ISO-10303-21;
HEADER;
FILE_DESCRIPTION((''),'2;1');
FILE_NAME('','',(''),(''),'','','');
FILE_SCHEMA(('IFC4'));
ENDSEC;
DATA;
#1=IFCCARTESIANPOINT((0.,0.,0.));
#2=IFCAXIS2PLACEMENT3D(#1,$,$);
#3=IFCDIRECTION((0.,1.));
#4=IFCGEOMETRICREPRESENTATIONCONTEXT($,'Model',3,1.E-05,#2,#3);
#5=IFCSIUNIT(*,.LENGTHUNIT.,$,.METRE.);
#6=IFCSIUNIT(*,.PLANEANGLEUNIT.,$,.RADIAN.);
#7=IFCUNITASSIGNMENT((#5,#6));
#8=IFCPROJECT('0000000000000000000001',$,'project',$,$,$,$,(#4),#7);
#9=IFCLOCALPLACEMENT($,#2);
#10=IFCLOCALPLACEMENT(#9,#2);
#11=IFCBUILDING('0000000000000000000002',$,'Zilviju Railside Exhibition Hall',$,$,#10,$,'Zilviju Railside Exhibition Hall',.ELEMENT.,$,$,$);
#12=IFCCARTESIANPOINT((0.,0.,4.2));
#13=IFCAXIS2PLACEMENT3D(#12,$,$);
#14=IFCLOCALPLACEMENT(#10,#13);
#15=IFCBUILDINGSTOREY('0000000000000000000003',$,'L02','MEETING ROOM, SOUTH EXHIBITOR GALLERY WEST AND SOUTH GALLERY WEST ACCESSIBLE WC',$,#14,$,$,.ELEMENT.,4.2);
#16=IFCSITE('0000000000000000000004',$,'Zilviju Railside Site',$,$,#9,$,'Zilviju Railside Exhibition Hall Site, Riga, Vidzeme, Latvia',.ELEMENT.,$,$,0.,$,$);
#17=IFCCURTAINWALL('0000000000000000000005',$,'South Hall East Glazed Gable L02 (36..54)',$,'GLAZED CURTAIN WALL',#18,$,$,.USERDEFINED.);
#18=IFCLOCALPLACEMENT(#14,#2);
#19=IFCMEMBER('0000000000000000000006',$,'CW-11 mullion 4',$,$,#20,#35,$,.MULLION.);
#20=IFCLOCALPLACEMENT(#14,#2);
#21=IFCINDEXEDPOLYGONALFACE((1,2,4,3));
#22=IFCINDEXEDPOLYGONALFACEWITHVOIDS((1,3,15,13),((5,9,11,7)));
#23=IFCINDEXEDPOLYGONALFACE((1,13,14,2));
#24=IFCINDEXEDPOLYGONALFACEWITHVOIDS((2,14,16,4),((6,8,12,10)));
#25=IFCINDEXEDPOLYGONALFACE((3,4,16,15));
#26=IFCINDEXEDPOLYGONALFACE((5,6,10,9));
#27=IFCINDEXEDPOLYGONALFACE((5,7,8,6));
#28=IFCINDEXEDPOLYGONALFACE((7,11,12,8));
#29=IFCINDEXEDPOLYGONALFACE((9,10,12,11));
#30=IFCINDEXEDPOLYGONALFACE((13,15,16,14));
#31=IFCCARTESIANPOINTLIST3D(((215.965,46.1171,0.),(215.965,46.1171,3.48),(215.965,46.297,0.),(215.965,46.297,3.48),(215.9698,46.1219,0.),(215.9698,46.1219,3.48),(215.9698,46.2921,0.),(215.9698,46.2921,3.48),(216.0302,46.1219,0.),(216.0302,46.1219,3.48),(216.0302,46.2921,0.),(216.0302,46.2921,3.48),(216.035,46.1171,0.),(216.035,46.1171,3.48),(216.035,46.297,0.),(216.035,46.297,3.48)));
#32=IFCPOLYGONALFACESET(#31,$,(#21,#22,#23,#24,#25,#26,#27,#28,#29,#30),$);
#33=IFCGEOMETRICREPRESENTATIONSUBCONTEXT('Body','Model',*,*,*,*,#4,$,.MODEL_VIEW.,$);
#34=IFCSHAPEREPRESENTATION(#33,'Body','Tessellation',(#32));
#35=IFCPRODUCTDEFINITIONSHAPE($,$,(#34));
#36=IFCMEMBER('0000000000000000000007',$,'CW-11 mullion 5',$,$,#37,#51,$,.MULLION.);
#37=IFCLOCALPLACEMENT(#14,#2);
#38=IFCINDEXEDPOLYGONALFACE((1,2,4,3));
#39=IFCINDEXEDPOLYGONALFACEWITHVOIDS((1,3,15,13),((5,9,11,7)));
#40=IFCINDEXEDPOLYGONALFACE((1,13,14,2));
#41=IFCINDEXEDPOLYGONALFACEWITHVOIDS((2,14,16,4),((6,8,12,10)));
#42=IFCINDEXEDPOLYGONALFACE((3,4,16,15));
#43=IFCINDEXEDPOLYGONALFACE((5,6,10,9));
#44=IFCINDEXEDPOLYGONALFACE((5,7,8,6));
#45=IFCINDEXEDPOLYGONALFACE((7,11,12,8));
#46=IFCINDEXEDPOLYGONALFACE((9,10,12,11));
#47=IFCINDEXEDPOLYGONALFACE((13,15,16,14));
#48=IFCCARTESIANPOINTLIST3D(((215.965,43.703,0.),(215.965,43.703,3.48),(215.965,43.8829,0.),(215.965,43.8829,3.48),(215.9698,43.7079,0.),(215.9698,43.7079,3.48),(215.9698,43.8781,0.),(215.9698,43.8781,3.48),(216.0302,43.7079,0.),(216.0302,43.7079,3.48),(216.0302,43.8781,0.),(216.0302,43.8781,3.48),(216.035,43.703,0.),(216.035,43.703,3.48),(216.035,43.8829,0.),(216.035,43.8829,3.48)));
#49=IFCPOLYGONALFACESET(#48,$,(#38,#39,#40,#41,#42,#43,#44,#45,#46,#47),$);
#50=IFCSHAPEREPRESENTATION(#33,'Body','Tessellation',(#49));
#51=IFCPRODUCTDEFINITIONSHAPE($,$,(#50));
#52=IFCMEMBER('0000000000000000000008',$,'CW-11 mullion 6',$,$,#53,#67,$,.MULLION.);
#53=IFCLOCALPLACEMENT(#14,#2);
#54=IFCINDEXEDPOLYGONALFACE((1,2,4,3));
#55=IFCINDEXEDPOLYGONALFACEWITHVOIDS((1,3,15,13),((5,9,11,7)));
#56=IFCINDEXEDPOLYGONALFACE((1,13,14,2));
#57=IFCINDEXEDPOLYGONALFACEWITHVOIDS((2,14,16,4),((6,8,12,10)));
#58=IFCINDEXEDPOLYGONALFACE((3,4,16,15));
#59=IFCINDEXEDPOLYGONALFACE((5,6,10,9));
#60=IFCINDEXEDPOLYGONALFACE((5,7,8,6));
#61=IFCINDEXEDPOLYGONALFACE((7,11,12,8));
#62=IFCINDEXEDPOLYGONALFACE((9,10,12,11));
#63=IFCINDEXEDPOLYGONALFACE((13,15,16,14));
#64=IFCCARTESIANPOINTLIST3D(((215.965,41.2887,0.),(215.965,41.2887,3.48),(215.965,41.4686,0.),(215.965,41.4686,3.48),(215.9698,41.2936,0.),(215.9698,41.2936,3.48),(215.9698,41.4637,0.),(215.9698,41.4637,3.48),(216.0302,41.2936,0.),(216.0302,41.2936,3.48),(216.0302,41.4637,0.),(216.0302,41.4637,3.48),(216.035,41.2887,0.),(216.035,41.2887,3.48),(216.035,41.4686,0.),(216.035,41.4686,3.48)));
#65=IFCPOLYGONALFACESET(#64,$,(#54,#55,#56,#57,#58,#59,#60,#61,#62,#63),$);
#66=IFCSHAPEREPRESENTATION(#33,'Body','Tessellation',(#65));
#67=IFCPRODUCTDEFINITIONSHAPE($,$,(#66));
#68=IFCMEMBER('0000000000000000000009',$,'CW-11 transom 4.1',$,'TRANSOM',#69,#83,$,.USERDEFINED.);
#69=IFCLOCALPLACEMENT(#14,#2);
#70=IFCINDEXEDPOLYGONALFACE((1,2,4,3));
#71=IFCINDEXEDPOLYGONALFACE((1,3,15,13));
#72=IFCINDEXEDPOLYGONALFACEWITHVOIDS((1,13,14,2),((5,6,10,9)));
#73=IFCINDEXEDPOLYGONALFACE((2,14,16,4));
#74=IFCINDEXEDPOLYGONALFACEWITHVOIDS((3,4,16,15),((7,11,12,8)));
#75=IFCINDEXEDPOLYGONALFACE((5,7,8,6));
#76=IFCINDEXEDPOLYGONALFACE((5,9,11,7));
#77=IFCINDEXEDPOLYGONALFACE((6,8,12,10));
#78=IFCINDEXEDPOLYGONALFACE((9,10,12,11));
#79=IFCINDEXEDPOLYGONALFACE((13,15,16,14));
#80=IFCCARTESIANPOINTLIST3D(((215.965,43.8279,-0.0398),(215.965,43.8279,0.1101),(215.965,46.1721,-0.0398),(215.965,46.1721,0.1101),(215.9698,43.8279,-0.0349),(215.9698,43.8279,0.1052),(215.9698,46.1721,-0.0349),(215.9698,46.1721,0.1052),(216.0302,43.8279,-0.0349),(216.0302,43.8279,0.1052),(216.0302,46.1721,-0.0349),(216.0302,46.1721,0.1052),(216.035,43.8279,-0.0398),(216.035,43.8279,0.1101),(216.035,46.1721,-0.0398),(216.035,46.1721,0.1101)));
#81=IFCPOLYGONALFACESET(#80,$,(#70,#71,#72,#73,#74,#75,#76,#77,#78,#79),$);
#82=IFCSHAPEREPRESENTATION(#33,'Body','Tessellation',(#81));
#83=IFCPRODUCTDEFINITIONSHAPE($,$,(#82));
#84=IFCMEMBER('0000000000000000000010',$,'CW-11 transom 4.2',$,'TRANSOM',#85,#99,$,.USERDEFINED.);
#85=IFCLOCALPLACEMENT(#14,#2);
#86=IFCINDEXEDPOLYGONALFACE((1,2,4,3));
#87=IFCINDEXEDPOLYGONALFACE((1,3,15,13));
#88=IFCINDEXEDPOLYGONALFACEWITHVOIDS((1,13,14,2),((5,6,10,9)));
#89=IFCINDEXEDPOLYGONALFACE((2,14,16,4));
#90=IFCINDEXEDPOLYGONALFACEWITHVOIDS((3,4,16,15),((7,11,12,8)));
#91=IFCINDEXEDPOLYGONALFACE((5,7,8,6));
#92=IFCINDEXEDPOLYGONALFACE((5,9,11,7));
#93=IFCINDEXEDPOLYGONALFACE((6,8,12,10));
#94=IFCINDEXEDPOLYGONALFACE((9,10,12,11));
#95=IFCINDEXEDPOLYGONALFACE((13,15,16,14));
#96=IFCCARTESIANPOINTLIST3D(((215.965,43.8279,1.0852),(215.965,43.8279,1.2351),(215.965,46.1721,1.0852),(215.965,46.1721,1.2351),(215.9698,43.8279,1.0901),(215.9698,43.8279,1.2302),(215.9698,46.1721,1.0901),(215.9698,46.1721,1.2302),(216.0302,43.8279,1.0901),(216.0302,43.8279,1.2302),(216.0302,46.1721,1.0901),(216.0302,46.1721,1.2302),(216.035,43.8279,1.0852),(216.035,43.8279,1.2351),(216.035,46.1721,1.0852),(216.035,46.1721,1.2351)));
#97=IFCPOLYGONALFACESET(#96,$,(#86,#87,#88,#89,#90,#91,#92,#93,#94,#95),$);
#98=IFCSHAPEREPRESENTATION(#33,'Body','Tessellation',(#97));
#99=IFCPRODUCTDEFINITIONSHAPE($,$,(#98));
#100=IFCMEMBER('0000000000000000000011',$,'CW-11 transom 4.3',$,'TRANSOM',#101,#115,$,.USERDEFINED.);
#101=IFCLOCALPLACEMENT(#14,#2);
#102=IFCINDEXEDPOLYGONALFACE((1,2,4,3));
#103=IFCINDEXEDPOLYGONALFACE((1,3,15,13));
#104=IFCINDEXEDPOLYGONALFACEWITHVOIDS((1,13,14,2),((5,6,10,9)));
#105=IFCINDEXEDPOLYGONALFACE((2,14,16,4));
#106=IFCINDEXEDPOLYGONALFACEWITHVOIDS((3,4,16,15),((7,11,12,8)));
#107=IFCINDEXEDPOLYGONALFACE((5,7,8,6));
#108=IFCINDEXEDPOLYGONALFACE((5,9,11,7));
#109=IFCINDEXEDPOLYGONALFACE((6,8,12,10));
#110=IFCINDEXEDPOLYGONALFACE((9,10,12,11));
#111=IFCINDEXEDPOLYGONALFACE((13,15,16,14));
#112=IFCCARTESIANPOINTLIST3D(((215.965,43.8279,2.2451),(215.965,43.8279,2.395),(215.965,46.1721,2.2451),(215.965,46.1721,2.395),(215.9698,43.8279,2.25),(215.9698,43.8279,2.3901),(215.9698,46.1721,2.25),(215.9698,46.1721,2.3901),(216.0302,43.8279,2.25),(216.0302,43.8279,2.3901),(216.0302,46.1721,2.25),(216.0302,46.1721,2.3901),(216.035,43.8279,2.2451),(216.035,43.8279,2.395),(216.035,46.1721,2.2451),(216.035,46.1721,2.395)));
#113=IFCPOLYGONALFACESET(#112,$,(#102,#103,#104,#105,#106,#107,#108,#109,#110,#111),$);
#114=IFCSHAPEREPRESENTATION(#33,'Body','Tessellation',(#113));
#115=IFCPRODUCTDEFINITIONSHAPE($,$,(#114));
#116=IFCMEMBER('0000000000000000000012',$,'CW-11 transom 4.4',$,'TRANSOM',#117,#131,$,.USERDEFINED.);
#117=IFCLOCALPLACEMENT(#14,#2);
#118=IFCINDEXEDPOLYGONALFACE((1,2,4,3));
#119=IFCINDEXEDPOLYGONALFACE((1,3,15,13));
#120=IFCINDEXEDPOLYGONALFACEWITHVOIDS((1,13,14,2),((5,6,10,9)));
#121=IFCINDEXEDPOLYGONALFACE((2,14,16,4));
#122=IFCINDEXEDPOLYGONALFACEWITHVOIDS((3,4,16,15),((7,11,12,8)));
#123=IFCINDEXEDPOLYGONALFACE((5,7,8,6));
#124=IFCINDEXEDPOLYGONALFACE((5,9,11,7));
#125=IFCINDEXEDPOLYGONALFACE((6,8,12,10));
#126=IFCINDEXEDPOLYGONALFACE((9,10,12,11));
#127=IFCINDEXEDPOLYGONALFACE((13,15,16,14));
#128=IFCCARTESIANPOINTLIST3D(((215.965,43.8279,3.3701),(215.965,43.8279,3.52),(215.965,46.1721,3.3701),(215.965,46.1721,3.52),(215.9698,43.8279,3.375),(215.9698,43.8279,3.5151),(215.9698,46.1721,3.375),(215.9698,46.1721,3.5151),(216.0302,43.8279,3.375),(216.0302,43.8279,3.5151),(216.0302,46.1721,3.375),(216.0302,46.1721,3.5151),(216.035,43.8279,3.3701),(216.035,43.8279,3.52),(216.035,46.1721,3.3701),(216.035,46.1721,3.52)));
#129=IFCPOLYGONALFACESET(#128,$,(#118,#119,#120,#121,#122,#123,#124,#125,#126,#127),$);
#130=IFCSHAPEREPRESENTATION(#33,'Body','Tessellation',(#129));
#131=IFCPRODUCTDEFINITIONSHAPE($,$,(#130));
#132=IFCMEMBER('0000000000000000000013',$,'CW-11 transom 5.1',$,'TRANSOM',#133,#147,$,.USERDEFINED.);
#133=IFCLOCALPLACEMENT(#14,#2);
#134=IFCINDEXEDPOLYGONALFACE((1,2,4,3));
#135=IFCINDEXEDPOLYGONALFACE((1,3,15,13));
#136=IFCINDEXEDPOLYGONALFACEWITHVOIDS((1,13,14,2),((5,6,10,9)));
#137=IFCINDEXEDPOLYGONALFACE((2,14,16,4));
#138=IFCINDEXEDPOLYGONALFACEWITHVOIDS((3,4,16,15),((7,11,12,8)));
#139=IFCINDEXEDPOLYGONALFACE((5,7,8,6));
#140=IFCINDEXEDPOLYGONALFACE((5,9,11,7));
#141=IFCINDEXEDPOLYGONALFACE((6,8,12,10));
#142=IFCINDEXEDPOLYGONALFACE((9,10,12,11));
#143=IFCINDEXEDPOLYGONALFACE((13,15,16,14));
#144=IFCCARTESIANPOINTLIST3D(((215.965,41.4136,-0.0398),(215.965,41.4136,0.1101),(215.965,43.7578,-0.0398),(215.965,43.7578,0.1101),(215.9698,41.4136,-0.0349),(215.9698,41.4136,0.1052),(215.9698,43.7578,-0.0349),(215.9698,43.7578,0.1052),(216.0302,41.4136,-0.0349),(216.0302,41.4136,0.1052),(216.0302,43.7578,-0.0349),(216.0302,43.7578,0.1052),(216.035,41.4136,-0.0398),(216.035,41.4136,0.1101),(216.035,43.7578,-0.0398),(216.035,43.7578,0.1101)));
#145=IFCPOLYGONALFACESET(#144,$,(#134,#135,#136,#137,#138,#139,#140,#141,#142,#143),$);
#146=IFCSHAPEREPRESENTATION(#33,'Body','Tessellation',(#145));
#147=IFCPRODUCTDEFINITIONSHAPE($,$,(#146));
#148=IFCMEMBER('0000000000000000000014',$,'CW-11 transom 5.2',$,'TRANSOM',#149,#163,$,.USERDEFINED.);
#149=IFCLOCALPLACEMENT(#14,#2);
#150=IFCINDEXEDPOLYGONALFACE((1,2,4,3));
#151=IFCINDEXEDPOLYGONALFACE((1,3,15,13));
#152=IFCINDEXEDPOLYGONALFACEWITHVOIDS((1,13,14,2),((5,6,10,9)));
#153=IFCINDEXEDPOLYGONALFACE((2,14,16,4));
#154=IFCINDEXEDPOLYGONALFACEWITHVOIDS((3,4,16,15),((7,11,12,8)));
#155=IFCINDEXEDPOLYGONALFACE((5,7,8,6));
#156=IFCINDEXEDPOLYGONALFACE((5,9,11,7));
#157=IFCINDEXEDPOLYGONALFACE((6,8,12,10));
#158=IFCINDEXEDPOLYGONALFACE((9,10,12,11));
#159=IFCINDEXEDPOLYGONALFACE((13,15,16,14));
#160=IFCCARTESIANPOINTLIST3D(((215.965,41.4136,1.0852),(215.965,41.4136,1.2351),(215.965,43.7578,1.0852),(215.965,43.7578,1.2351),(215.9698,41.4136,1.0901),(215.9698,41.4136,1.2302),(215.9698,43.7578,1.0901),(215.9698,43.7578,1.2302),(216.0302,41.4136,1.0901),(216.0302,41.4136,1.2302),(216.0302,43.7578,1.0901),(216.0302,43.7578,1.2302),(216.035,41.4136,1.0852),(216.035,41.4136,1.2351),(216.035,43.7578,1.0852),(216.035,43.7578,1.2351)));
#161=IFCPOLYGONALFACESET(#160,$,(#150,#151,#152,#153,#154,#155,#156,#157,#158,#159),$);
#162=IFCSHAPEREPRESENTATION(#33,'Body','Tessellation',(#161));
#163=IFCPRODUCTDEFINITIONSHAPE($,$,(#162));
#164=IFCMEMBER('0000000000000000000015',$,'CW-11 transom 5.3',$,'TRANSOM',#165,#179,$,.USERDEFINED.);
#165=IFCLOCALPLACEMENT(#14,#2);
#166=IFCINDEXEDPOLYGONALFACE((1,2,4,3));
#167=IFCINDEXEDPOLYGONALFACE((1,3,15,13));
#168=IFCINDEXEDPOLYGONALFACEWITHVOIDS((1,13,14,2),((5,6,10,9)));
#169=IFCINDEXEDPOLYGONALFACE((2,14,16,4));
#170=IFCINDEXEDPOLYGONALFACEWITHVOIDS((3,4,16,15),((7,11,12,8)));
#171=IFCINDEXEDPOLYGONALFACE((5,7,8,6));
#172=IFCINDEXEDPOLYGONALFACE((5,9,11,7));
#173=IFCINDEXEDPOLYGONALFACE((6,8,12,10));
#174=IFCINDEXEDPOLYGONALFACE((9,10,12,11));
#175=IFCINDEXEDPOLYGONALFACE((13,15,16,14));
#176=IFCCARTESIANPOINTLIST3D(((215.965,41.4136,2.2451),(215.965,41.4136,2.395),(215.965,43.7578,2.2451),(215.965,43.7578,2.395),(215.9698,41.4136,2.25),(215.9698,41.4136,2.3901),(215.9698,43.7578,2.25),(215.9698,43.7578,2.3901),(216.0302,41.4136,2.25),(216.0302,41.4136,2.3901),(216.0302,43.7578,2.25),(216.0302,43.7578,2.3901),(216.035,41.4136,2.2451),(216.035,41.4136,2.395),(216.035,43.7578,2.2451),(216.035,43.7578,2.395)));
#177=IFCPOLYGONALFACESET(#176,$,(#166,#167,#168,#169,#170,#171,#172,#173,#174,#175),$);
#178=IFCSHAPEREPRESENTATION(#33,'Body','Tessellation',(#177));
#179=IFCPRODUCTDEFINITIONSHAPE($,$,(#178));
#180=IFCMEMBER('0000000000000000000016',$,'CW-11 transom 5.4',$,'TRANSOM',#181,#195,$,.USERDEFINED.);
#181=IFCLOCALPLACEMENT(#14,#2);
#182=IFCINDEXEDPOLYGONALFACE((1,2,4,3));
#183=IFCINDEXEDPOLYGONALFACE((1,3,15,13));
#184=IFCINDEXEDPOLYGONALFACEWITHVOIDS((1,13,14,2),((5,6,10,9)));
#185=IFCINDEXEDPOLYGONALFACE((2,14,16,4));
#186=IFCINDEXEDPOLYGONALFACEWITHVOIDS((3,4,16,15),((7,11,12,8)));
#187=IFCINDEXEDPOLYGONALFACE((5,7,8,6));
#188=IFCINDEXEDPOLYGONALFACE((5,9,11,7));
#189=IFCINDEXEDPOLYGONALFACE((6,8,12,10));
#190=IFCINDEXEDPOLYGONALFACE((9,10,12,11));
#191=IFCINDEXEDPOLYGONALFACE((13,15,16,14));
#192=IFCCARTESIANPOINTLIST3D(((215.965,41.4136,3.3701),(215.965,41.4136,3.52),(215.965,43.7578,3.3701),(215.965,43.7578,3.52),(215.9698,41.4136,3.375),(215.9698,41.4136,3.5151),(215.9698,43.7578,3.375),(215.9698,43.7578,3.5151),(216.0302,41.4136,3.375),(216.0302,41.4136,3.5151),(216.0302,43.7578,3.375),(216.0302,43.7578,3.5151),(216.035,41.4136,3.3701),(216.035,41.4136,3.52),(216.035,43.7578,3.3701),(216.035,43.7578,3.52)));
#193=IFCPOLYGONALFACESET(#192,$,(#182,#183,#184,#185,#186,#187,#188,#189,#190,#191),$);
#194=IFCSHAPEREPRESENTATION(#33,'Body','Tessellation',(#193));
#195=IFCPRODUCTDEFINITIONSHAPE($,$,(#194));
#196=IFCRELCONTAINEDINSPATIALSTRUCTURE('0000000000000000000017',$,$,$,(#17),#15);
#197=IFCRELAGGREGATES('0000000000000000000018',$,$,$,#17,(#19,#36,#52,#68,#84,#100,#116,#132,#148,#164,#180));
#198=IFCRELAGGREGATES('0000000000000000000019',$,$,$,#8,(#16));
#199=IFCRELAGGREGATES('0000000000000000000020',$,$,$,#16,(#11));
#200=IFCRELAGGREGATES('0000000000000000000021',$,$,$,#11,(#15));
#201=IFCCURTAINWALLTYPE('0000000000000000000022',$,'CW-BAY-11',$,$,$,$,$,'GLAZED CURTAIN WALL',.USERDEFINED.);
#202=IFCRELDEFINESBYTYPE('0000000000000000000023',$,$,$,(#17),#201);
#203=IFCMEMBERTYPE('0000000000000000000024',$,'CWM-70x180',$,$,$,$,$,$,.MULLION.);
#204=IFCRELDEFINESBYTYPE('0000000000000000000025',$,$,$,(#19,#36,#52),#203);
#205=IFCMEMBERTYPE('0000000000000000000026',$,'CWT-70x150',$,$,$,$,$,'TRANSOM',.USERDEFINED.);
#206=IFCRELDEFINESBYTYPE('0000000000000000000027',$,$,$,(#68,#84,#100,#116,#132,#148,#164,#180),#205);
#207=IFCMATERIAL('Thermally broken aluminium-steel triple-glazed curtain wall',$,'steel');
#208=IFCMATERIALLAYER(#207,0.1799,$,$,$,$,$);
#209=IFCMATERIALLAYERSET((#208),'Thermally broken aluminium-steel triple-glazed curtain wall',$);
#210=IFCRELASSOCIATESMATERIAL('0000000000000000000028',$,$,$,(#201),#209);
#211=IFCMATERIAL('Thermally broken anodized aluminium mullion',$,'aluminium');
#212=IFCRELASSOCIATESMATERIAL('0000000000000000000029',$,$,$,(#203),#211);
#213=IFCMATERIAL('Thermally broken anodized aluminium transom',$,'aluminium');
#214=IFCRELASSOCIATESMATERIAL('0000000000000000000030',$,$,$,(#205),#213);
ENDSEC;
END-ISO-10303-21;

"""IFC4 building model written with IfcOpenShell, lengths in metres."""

from ifc_helpers import new_model, si_unit, direction, frame, origin, origin_2d, place, context, subcontext, project, spatial, hollow_rectangle, extrude, material, layer, layer_set, material_profile, profile_set, type_object, element, aggregate, save


model = new_model("IFC4")

# Units and contexts
model_context = context("Model", 3, precision=1e-05, world=origin(), true_north=direction((0.0, 1.0)))
body_context = subcontext(model_context, "Body", "Model", "MODEL_VIEW")
ifc_project = project(units=[si_unit("LENGTHUNIT", "METRE"), si_unit("PLANEANGLEUNIT", "RADIAN")], contexts=[model_context])

# Site, building, storey
site_placement = place(None, origin())
site = spatial("IfcSite", under=ifc_project, at=site_placement, Name="Zilviju Railside Site", LongName="Zilviju Railside Exhibition Hall Site, Riga, Vidzeme, Latvia", CompositionType="ELEMENT", RefElevation=0.0)
building_placement = place(site_placement, origin())
building = spatial("IfcBuilding", under=site, at=building_placement, Name="Zilviju Railside Exhibition Hall", LongName="Zilviju Railside Exhibition Hall", CompositionType="ELEMENT")
storey_placement = place(building_placement, frame((0.0, 0.0, 4.2)))
storey = spatial("IfcBuildingStorey", under=building, at=storey_placement, Name="L02", Description="MEETING ROOM, SOUTH EXHIBITOR GALLERY WEST AND SOUTH GALLERY WEST ACCESSIBLE WC", CompositionType="ELEMENT", Elevation=4.2)

# Curtain wall, members
ifc_material_1 = material(Name="Thermally broken aluminium-steel triple-glazed curtain wall", Category="steel")
ifc_layer_1 = layer(ifc_material_1, 0.1799)
ifc_layer_set_1 = layer_set([ifc_layer_1], Name="Thermally broken aluminium-steel triple-glazed curtain wall")
curtain_wall_type = type_object("IfcCurtainWallType", Name="CW-BAY-11", ElementType="GLAZED CURTAIN WALL", PredefinedType="USERDEFINED", material=ifc_layer_set_1)
curtain_wall_placement = place(storey_placement, origin())
curtain_wall = element("IfcCurtainWall", 1, at=curtain_wall_placement, inside=storey, type_object=curtain_wall_type, Name="South Hall East Glazed Gable L02 (36..54)", ObjectType="GLAZED CURTAIN WALL", PredefinedType="USERDEFINED")
ifc_material_2 = material(Name="Thermally broken anodized aluminium mullion", Category="aluminium")
ifc_material_profile_1 = material_profile(ifc_material_2, hollow_rectangle(XDim=0.0701, YDim=0.1799, WallThickness=0.0049, at=origin_2d()), Name="MULLION 180x70x5")
ifc_profile_set_1 = profile_set([ifc_material_profile_1], Name="Thermally broken anodized aluminium mullion")
member_type_1 = type_object("IfcMemberType", Name="CWM-70x180", PredefinedType="MULLION", material=ifc_profile_set_1)
member_1_placement = place(storey_placement, frame((216.0, 46.207, 0.0), z_axis=(0.0, 0.0, 1.0), x_axis=(1.0, 0.0, 0.0)))
member_1 = element("IfcMember", 2, at=member_1_placement, type_object=member_type_1, Name="CW-11 mullion 4", PredefinedType="MULLION", context=body_context, shape_type="SweptSolid", body=[
    extrude(hollow_rectangle(XDim=0.0701, YDim=0.1799, WallThickness=0.0049, at=origin_2d()), origin(), (0.0, 0.0, 1.0), 3.48),
])
member_2_placement = place(storey_placement, frame((216.0, 43.793, 0.0), z_axis=(0.0, 0.0, 1.0), x_axis=(1.0, 0.0, 0.0)))
member_2 = element("IfcMember", 3, at=member_2_placement, type_object=member_type_1, Name="CW-11 mullion 5", PredefinedType="MULLION", context=body_context, shape_type="SweptSolid", body=[
    extrude(hollow_rectangle(XDim=0.0701, YDim=0.1799, WallThickness=0.0049, at=origin_2d()), origin(), (0.0, 0.0, 1.0), 3.48),
])
member_3_placement = place(storey_placement, frame((216.0, 41.3787, 0.0), z_axis=(0.0, 0.0, 1.0), x_axis=(1.0, 0.0, 0.0)))
member_3 = element("IfcMember", 4, at=member_3_placement, type_object=member_type_1, Name="CW-11 mullion 6", PredefinedType="MULLION", context=body_context, shape_type="SweptSolid", body=[
    extrude(hollow_rectangle(XDim=0.0701, YDim=0.1799, WallThickness=0.0049, at=origin_2d()), origin(), (0.0, 0.0, 1.0), 3.48),
])
ifc_material_3 = material(Name="Thermally broken anodized aluminium transom", Category="aluminium")
ifc_material_profile_2 = material_profile(ifc_material_3, hollow_rectangle(XDim=0.0701, YDim=0.1499, WallThickness=0.0049, at=origin_2d()), Name="TRANSOM 150x70x5")
ifc_profile_set_2 = profile_set([ifc_material_profile_2], Name="Thermally broken anodized aluminium transom")
member_type_2 = type_object("IfcMemberType", Name="CWT-70x150", ElementType="TRANSOM", PredefinedType="USERDEFINED", material=ifc_profile_set_2)
member_4_placement = place(storey_placement, frame((216.0, 46.1721, 0.0352), z_axis=(0.0, -1.0, 0.0), x_axis=(1.0, 0.0, 0.0)))
member_4 = element("IfcMember", 5, at=member_4_placement, type_object=member_type_2, Name="CW-11 transom 4.1", ObjectType="TRANSOM", PredefinedType="USERDEFINED", context=body_context, shape_type="SweptSolid", body=[
    extrude(hollow_rectangle(XDim=0.0701, YDim=0.1499, WallThickness=0.0049, at=origin_2d()), origin(), (0.0, 0.0, 1.0), 2.3442),
])
member_5_placement = place(storey_placement, frame((216.0, 46.1721, 1.1602), z_axis=(0.0, -1.0, 0.0), x_axis=(1.0, 0.0, 0.0)))
member_5 = element("IfcMember", 6, at=member_5_placement, type_object=member_type_2, Name="CW-11 transom 4.2", ObjectType="TRANSOM", PredefinedType="USERDEFINED", context=body_context, shape_type="SweptSolid", body=[
    extrude(hollow_rectangle(XDim=0.0701, YDim=0.1499, WallThickness=0.0049, at=origin_2d()), origin(), (0.0, 0.0, 1.0), 2.3442),
])
member_6_placement = place(storey_placement, frame((216.0, 46.1721, 2.3201), z_axis=(0.0, -1.0, 0.0), x_axis=(1.0, 0.0, 0.0)))
member_6 = element("IfcMember", 7, at=member_6_placement, type_object=member_type_2, Name="CW-11 transom 4.3", ObjectType="TRANSOM", PredefinedType="USERDEFINED", context=body_context, shape_type="SweptSolid", body=[
    extrude(hollow_rectangle(XDim=0.0701, YDim=0.1499, WallThickness=0.0049, at=origin_2d()), origin(), (0.0, 0.0, 1.0), 2.3442),
])
member_7_placement = place(storey_placement, frame((216.0, 46.1721, 3.4451), z_axis=(0.0, -1.0, 0.0), x_axis=(1.0, 0.0, 0.0)))
member_7 = element("IfcMember", 8, at=member_7_placement, type_object=member_type_2, Name="CW-11 transom 4.4", ObjectType="TRANSOM", PredefinedType="USERDEFINED", context=body_context, shape_type="SweptSolid", body=[
    extrude(hollow_rectangle(XDim=0.0701, YDim=0.1499, WallThickness=0.0049, at=origin_2d()), origin(), (0.0, 0.0, 1.0), 2.3442),
])
member_8_placement = place(storey_placement, frame((216.0, 43.7578, 0.0352), z_axis=(0.0, -1.0, 0.0), x_axis=(1.0, 0.0, 0.0)))
member_8 = element("IfcMember", 9, at=member_8_placement, type_object=member_type_2, Name="CW-11 transom 5.1", ObjectType="TRANSOM", PredefinedType="USERDEFINED", context=body_context, shape_type="SweptSolid", body=[
    extrude(hollow_rectangle(XDim=0.0701, YDim=0.1499, WallThickness=0.0049, at=origin_2d()), origin(), (0.0, 0.0, 1.0), 2.3442),
])
member_9_placement = place(storey_placement, frame((216.0, 43.7578, 1.1602), z_axis=(0.0, -1.0, 0.0), x_axis=(1.0, 0.0, 0.0)))
member_9 = element("IfcMember", 10, at=member_9_placement, type_object=member_type_2, Name="CW-11 transom 5.2", ObjectType="TRANSOM", PredefinedType="USERDEFINED", context=body_context, shape_type="SweptSolid", body=[
    extrude(hollow_rectangle(XDim=0.0701, YDim=0.1499, WallThickness=0.0049, at=origin_2d()), origin(), (0.0, 0.0, 1.0), 2.3442),
])
member_10_placement = place(storey_placement, frame((216.0, 43.7578, 2.3201), z_axis=(0.0, -1.0, 0.0), x_axis=(1.0, 0.0, 0.0)))
member_10 = element("IfcMember", 11, at=member_10_placement, type_object=member_type_2, Name="CW-11 transom 5.3", ObjectType="TRANSOM", PredefinedType="USERDEFINED", context=body_context, shape_type="SweptSolid", body=[
    extrude(hollow_rectangle(XDim=0.0701, YDim=0.1499, WallThickness=0.0049, at=origin_2d()), origin(), (0.0, 0.0, 1.0), 2.3442),
])
member_11_placement = place(storey_placement, frame((216.0, 43.7578, 3.4451), z_axis=(0.0, -1.0, 0.0), x_axis=(1.0, 0.0, 0.0)))
member_11 = element("IfcMember", 12, at=member_11_placement, type_object=member_type_2, Name="CW-11 transom 5.4", ObjectType="TRANSOM", PredefinedType="USERDEFINED", context=body_context, shape_type="SweptSolid", body=[
    extrude(hollow_rectangle(XDim=0.0701, YDim=0.1499, WallThickness=0.0049, at=origin_2d()), origin(), (0.0, 0.0, 1.0), 2.3442),
])
aggregate(curtain_wall, [member_1, member_2, member_3, member_4, member_5, member_6, member_7, member_8, member_9, member_10, member_11])

save(model, "model.ifc")
